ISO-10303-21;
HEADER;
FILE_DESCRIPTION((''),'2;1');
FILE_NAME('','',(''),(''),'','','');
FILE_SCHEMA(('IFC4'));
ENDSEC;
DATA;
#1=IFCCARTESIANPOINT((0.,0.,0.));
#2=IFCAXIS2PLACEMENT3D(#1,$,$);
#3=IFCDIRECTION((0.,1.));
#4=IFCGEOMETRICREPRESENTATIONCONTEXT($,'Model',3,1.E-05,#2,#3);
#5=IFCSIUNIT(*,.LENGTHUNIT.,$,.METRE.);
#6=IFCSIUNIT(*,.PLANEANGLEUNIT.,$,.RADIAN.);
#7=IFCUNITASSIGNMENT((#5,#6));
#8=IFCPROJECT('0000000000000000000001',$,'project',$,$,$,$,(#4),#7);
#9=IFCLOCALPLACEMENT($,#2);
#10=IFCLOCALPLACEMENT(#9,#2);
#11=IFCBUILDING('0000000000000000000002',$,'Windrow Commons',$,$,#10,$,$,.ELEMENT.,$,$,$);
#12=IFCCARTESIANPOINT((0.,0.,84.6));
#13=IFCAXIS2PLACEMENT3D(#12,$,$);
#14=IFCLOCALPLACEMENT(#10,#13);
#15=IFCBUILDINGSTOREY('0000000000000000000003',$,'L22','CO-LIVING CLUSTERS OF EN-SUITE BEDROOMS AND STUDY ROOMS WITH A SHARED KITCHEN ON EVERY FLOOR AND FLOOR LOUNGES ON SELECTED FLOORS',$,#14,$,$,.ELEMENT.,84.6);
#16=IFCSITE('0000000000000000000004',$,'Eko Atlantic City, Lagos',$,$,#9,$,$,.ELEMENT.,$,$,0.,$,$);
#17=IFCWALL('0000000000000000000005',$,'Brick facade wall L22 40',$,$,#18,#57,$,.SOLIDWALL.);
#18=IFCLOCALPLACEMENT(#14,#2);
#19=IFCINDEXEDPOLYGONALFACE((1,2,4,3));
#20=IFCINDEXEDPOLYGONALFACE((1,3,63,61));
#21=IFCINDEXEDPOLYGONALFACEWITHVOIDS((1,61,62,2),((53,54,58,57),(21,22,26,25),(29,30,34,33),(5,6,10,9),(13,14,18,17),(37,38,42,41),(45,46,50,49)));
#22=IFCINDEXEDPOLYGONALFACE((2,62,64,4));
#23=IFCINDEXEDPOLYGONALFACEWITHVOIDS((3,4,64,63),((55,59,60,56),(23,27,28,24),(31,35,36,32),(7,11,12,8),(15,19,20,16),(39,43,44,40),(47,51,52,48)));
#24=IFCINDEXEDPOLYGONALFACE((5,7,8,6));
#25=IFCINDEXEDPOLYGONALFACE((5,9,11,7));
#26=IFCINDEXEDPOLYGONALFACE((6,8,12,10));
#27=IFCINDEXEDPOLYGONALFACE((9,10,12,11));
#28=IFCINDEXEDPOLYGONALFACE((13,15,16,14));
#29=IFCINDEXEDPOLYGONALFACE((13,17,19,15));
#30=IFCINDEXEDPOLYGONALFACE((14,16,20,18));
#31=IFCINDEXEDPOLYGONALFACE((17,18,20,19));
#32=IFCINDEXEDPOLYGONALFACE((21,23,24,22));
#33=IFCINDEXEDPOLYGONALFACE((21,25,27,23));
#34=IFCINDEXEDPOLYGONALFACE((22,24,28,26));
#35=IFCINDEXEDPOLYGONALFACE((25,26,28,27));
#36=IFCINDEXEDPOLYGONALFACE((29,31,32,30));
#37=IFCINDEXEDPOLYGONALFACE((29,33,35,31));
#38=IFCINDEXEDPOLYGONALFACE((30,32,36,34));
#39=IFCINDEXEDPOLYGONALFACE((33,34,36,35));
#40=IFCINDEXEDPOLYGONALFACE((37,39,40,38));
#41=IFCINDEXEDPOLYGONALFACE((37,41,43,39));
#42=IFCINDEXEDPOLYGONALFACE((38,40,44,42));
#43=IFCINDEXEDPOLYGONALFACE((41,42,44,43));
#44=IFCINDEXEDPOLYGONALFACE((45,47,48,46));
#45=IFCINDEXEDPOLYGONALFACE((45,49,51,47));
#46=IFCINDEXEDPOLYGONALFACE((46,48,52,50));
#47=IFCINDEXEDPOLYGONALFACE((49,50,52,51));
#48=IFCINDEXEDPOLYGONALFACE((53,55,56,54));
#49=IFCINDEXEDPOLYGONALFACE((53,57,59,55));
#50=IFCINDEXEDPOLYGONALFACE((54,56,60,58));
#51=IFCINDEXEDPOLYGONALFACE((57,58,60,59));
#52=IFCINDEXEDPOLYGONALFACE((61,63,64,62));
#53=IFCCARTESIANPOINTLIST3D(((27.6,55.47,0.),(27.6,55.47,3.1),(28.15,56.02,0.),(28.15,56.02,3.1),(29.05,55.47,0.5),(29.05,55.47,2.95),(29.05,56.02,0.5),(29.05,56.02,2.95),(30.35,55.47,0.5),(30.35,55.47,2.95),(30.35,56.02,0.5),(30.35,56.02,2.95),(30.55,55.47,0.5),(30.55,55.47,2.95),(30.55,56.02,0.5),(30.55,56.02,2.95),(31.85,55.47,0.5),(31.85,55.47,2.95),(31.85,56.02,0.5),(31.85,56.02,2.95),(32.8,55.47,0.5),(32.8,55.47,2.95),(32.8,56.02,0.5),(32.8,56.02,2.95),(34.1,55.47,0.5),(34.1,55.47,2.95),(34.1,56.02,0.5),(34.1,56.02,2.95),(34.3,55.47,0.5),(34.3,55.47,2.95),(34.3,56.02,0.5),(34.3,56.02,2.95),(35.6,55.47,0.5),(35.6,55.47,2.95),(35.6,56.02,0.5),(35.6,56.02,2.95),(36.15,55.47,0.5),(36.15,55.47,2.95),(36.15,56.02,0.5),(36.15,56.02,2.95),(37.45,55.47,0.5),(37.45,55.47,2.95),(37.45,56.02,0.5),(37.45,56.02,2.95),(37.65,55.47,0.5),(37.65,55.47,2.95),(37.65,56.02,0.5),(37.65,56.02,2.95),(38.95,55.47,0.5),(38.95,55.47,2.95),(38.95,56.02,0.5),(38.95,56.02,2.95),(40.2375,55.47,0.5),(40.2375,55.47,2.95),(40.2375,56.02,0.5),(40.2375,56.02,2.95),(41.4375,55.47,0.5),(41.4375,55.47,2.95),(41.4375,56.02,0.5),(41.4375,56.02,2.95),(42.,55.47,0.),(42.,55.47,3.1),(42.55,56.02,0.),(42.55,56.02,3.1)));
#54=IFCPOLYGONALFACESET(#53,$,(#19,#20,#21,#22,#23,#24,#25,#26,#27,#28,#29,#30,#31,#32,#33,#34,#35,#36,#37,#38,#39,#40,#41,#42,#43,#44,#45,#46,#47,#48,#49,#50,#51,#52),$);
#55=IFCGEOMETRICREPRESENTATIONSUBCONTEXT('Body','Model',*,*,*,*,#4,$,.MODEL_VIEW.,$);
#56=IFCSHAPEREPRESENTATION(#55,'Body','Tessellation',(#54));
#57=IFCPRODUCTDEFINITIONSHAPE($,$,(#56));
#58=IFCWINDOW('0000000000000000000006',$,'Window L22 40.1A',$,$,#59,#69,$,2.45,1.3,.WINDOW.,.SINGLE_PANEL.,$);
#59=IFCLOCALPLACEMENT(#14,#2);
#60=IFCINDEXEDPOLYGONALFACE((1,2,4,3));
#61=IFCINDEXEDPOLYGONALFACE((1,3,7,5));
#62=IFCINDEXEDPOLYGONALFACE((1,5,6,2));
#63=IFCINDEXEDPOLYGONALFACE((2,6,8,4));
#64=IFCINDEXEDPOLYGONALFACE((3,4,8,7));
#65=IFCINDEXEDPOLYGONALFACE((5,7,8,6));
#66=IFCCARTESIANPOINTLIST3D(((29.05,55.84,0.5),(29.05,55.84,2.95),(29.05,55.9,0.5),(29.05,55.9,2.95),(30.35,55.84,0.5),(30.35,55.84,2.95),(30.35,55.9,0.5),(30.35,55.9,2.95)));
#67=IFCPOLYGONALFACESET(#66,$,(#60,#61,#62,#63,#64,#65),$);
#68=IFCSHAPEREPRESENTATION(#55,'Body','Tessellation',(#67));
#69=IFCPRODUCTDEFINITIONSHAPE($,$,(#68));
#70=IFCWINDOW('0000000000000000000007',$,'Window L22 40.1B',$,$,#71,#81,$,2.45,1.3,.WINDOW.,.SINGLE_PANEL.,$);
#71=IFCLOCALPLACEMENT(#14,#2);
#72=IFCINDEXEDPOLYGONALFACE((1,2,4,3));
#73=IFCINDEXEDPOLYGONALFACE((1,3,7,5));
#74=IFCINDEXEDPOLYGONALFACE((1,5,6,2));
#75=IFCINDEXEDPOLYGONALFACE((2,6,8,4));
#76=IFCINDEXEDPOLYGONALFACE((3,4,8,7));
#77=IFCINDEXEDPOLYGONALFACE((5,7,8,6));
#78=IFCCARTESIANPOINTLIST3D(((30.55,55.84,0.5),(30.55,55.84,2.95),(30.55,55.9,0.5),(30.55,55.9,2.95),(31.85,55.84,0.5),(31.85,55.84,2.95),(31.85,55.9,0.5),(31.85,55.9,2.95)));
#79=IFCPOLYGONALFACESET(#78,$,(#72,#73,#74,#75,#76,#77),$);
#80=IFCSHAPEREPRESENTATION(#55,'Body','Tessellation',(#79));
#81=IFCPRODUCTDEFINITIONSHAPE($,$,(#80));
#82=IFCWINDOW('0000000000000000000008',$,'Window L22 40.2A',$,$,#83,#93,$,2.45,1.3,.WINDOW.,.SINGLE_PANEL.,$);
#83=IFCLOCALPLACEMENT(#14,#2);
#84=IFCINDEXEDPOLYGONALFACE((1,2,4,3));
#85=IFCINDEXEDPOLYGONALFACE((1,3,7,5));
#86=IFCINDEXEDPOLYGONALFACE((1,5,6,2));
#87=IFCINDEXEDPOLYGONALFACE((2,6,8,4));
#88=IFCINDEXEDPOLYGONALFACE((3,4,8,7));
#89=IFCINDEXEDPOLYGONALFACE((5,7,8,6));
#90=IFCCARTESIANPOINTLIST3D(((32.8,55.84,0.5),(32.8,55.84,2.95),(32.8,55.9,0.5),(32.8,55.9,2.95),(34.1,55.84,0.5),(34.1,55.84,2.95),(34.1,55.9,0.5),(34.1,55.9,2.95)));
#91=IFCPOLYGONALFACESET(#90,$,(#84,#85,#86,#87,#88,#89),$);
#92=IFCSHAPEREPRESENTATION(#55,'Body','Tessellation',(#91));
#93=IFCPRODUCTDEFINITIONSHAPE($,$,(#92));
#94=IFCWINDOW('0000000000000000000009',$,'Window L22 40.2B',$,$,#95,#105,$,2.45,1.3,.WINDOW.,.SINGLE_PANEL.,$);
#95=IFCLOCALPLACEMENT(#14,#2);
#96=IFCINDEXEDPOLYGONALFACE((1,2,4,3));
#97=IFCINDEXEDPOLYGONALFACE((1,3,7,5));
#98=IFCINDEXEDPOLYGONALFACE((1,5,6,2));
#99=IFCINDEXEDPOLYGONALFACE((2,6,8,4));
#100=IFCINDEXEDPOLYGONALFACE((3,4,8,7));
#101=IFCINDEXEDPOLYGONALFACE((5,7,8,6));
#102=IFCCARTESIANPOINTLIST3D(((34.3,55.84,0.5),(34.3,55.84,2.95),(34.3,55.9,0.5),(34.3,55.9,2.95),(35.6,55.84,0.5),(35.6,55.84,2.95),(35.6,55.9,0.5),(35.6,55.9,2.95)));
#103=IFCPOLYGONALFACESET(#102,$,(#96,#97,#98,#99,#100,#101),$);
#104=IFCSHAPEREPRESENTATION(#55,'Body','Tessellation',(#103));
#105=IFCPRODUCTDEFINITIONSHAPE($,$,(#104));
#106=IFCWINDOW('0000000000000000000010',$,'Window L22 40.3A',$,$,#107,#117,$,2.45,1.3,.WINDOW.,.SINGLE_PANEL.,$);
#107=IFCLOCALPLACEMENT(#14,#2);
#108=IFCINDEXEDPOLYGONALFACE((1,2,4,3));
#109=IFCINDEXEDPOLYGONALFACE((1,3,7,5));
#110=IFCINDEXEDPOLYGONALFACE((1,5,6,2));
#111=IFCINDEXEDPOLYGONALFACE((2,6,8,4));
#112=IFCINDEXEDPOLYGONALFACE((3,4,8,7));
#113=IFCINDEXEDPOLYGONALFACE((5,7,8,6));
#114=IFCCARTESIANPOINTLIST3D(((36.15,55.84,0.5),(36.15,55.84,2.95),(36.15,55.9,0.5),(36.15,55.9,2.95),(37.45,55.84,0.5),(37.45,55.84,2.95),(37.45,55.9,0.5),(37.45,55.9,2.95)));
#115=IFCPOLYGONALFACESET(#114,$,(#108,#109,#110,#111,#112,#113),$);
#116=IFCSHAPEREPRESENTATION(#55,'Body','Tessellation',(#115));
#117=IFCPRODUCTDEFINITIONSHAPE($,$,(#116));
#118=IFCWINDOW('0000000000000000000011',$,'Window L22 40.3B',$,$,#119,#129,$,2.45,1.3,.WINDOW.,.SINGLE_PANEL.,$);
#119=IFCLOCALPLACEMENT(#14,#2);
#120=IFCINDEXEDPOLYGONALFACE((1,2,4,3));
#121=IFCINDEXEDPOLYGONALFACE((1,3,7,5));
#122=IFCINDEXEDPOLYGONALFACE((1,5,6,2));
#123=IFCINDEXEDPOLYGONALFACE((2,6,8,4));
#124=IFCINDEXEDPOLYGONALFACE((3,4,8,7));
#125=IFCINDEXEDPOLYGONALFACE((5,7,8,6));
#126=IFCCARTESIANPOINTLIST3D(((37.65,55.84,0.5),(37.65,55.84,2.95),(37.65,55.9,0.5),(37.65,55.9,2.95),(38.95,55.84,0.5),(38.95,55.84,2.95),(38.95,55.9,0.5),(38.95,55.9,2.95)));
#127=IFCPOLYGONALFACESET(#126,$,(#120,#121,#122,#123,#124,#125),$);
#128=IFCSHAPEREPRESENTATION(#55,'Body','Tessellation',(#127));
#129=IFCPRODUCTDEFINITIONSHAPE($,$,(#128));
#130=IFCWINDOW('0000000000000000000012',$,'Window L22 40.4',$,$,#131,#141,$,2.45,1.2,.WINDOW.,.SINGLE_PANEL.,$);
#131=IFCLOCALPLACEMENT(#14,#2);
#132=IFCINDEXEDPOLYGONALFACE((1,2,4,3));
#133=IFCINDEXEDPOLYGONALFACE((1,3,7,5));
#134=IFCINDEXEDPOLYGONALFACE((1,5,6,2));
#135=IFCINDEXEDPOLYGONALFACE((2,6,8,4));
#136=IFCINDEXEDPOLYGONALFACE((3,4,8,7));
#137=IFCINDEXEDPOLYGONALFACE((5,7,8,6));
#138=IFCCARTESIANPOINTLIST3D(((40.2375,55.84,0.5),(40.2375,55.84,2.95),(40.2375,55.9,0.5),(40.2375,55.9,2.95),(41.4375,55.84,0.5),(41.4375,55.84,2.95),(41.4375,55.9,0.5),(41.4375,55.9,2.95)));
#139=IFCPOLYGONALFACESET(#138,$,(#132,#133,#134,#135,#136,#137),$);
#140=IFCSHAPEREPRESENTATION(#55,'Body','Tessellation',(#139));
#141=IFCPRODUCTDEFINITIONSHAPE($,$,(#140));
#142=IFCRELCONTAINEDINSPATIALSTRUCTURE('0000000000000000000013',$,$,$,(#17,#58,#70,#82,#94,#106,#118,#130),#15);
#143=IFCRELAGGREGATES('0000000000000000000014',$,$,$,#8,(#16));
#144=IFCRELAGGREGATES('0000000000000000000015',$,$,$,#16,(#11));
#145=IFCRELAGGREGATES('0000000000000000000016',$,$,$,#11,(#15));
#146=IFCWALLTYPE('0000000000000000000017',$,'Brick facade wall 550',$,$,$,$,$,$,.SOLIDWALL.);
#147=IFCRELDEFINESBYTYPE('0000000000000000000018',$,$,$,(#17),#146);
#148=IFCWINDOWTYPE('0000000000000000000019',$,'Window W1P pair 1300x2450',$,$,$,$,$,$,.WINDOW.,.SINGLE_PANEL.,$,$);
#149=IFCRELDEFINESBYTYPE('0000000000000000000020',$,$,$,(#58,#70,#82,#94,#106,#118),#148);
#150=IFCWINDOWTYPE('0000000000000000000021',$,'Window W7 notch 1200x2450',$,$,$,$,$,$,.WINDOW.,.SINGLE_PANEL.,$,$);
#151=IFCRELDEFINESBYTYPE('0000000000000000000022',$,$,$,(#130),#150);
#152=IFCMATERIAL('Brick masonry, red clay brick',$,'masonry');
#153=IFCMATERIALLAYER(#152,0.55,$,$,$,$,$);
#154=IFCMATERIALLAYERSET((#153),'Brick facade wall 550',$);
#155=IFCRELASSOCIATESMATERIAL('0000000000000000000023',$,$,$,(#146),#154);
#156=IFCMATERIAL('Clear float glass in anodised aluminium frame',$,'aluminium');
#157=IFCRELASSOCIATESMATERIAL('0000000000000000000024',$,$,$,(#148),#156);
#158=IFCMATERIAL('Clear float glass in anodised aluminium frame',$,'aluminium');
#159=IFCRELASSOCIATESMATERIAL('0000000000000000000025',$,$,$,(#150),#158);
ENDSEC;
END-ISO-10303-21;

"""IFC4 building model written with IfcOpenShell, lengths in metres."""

from ifc_helpers import new_model, si_unit, direction, frame, frame_2d, origin, place, context, subcontext, project, spatial, polyline, rectangle, outline, extrude, material, layer, layer_set, type_object, element, fill, save


model = new_model("IFC4")

# Units and contexts
model_context = context("Model", 3, precision=1e-05, world=origin(), true_north=direction((0.0, 1.0)))
body_context = subcontext(model_context, "Body", "Model", "MODEL_VIEW")
ifc_project = project(units=[si_unit("LENGTHUNIT", "METRE"), si_unit("PLANEANGLEUNIT", "RADIAN")], contexts=[model_context])

# Site, building, storey
site_placement = place(None, origin())
site = spatial("IfcSite", under=ifc_project, at=site_placement, Name="Eko Atlantic City, Lagos", CompositionType="ELEMENT", RefElevation=0.0)
building_placement = place(site_placement, origin())
building = spatial("IfcBuilding", under=site, at=building_placement, Name="Windrow Commons", CompositionType="ELEMENT")
storey_placement = place(building_placement, frame((0.0, 0.0, 84.6)))
storey = spatial("IfcBuildingStorey", under=building, at=storey_placement, Name="L22", Description="CO-LIVING CLUSTERS OF EN-SUITE BEDROOMS AND STUDY ROOMS WITH A SHARED KITCHEN ON EVERY FLOOR AND FLOOR LOUNGES ON SELECTED FLOORS", CompositionType="ELEMENT", Elevation=84.6)

# Wall, openings, windows
ifc_material_1 = material(Name="Brick masonry, red clay brick", Category="masonry")
ifc_layer_1 = layer(ifc_material_1, 0.55)
ifc_layer_set_1 = layer_set([ifc_layer_1], Name="Brick facade wall 550")
wall_type_1 = type_object("IfcWallType", Name="Brick facade wall 550", PredefinedType="SOLIDWALL", material=ifc_layer_set_1)
wall_1_placement = place(storey_placement, frame((27.875, 55.745, 0.0), z_axis=(0.0, 0.0, 1.0), x_axis=(1.0, 0.0, 0.0)))
wall_1 = element("IfcWall", 1, at=wall_1_placement, inside=storey, type_object=wall_type_1, Name="Brick facade wall L22 40", PredefinedType="SOLIDWALL", context=body_context, shape_type="SweptSolid", body=[
    extrude(outline(polyline([(-0.275, -0.275), (14.125, -0.275), (14.675, 0.275), (0.275, 0.275), (-0.275, -0.275)])), origin(), (0.0, 0.0, 1.0), 3.1),
])
opening_1_placement = place(wall_1_placement, frame((1.175, 0.0, 0.5)))
opening_1 = element("IfcOpeningElement", 2, at=opening_1_placement, cuts=wall_1, PredefinedType="OPENING", context=body_context, shape_type="SweptSolid", body=[
    extrude(rectangle(XDim=1.3, YDim=2.45, at=frame_2d((0.65, 1.225))), frame((0.0, 0.285, 0.0), z_axis=(0.0, -1.0, 0.0), x_axis=(1.0, 0.0, 0.0)), (0.0, 0.0, 1.0), 0.57),
])
opening_2_placement = place(wall_1_placement, frame((2.675, 0.0, 0.5)))
opening_2 = element("IfcOpeningElement", 3, at=opening_2_placement, cuts=wall_1, PredefinedType="OPENING", context=body_context, shape_type="SweptSolid", body=[
    extrude(rectangle(XDim=1.3, YDim=2.45, at=frame_2d((0.65, 1.225))), frame((0.0, 0.285, 0.0), z_axis=(0.0, -1.0, 0.0), x_axis=(1.0, 0.0, 0.0)), (0.0, 0.0, 1.0), 0.57),
])
opening_3_placement = place(wall_1_placement, frame((4.925, 0.0, 0.5)))
opening_3 = element("IfcOpeningElement", 4, at=opening_3_placement, cuts=wall_1, PredefinedType="OPENING", context=body_context, shape_type="SweptSolid", body=[
    extrude(rectangle(XDim=1.3, YDim=2.45, at=frame_2d((0.65, 1.225))), frame((0.0, 0.285, 0.0), z_axis=(0.0, -1.0, 0.0), x_axis=(1.0, 0.0, 0.0)), (0.0, 0.0, 1.0), 0.57),
])
opening_4_placement = place(wall_1_placement, frame((6.425, 0.0, 0.5)))
opening_4 = element("IfcOpeningElement", 5, at=opening_4_placement, cuts=wall_1, PredefinedType="OPENING", context=body_context, shape_type="SweptSolid", body=[
    extrude(rectangle(XDim=1.3, YDim=2.45, at=frame_2d((0.65, 1.225))), frame((0.0, 0.285, 0.0), z_axis=(0.0, -1.0, 0.0), x_axis=(1.0, 0.0, 0.0)), (0.0, 0.0, 1.0), 0.57),
])
opening_5_placement = place(wall_1_placement, frame((8.275, 0.0, 0.5)))
opening_5 = element("IfcOpeningElement", 6, at=opening_5_placement, cuts=wall_1, PredefinedType="OPENING", context=body_context, shape_type="SweptSolid", body=[
    extrude(rectangle(XDim=1.3, YDim=2.45, at=frame_2d((0.65, 1.225))), frame((0.0, 0.285, 0.0), z_axis=(0.0, -1.0, 0.0), x_axis=(1.0, 0.0, 0.0)), (0.0, 0.0, 1.0), 0.57),
])
opening_6_placement = place(wall_1_placement, frame((9.775, 0.0, 0.5)))
opening_6 = element("IfcOpeningElement", 7, at=opening_6_placement, cuts=wall_1, PredefinedType="OPENING", context=body_context, shape_type="SweptSolid", body=[
    extrude(rectangle(XDim=1.3, YDim=2.45, at=frame_2d((0.65, 1.225))), frame((0.0, 0.285, 0.0), z_axis=(0.0, -1.0, 0.0), x_axis=(1.0, 0.0, 0.0)), (0.0, 0.0, 1.0), 0.57),
])
opening_7_placement = place(wall_1_placement, frame((12.3625, 0.0, 0.5)))
opening_7 = element("IfcOpeningElement", 8, at=opening_7_placement, cuts=wall_1, PredefinedType="OPENING", context=body_context, shape_type="SweptSolid", body=[
    extrude(rectangle(XDim=1.2, YDim=2.45, at=frame_2d((0.6, 1.225))), frame((0.0, 0.285, 0.0), z_axis=(0.0, -1.0, 0.0), x_axis=(1.0, 0.0, 0.0)), (0.0, 0.0, 1.0), 0.57),
])
ifc_material_2 = material(Name="Clear float glass in anodised aluminium frame", Category="aluminium")
window_type_1 = type_object("IfcWindowType", Name="Window W1P pair 1300x2450", PartitioningType="SINGLE_PANEL", PredefinedType="WINDOW", material=ifc_material_2)
window_1_placement = place(opening_1_placement, origin())
window_1 = element("IfcWindow", 9, at=window_1_placement, inside=storey, type_object=window_type_1, Name="Window L22 40.1A", OverallHeight=2.45, OverallWidth=1.3, PartitioningType="SINGLE_PANEL", PredefinedType="WINDOW", context=body_context, shape_type="SweptSolid", body=[
    extrude(rectangle(XDim=1.3, YDim=2.45, at=frame_2d((0.65, 1.225))), frame((0.0, 0.155, 0.0), z_axis=(0.0, -1.0, 0.0), x_axis=(1.0, 0.0, 0.0)), (0.0, 0.0, 1.0), 0.06),
])
fill(opening_1, window_1)
window_2_placement = place(opening_2_placement, origin())
window_2 = element("IfcWindow", 10, at=window_2_placement, inside=storey, type_object=window_type_1, Name="Window L22 40.1B", OverallHeight=2.45, OverallWidth=1.3, PartitioningType="SINGLE_PANEL", PredefinedType="WINDOW", context=body_context, shape_type="SweptSolid", body=[
    extrude(rectangle(XDim=1.3, YDim=2.45, at=frame_2d((0.65, 1.225))), frame((0.0, 0.155, 0.0), z_axis=(0.0, -1.0, 0.0), x_axis=(1.0, 0.0, 0.0)), (0.0, 0.0, 1.0), 0.06),
])
fill(opening_2, window_2)
window_3_placement = place(opening_3_placement, origin())
window_3 = element("IfcWindow", 11, at=window_3_placement, inside=storey, type_object=window_type_1, Name="Window L22 40.2A", OverallHeight=2.45, OverallWidth=1.3, PartitioningType="SINGLE_PANEL", PredefinedType="WINDOW", context=body_context, shape_type="SweptSolid", body=[
    extrude(rectangle(XDim=1.3, YDim=2.45, at=frame_2d((0.65, 1.225))), frame((0.0, 0.155, 0.0), z_axis=(0.0, -1.0, 0.0), x_axis=(1.0, 0.0, 0.0)), (0.0, 0.0, 1.0), 0.06),
])
fill(opening_3, window_3)
window_4_placement = place(opening_4_placement, origin())
window_4 = element("IfcWindow", 12, at=window_4_placement, inside=storey, type_object=window_type_1, Name="Window L22 40.2B", OverallHeight=2.45, OverallWidth=1.3, PartitioningType="SINGLE_PANEL", PredefinedType="WINDOW", context=body_context, shape_type="SweptSolid", body=[
    extrude(rectangle(XDim=1.3, YDim=2.45, at=frame_2d((0.65, 1.225))), frame((0.0, 0.155, 0.0), z_axis=(0.0, -1.0, 0.0), x_axis=(1.0, 0.0, 0.0)), (0.0, 0.0, 1.0), 0.06),
])
fill(opening_4, window_4)
window_5_placement = place(opening_5_placement, origin())
window_5 = element("IfcWindow", 13, at=window_5_placement, inside=storey, type_object=window_type_1, Name="Window L22 40.3A", OverallHeight=2.45, OverallWidth=1.3, PartitioningType="SINGLE_PANEL", PredefinedType="WINDOW", context=body_context, shape_type="SweptSolid", body=[
    extrude(rectangle(XDim=1.3, YDim=2.45, at=frame_2d((0.65, 1.225))), frame((0.0, 0.155, 0.0), z_axis=(0.0, -1.0, 0.0), x_axis=(1.0, 0.0, 0.0)), (0.0, 0.0, 1.0), 0.06),
])
fill(opening_5, window_5)
window_6_placement = place(opening_6_placement, origin())
window_6 = element("IfcWindow", 14, at=window_6_placement, inside=storey, type_object=window_type_1, Name="Window L22 40.3B", OverallHeight=2.45, OverallWidth=1.3, PartitioningType="SINGLE_PANEL", PredefinedType="WINDOW", context=body_context, shape_type="SweptSolid", body=[
    extrude(rectangle(XDim=1.3, YDim=2.45, at=frame_2d((0.65, 1.225))), frame((0.0, 0.155, 0.0), z_axis=(0.0, -1.0, 0.0), x_axis=(1.0, 0.0, 0.0)), (0.0, 0.0, 1.0), 0.06),
])
fill(opening_6, window_6)
ifc_material_3 = material(Name="Clear float glass in anodised aluminium frame", Category="aluminium")
window_type_2 = type_object("IfcWindowType", Name="Window W7 notch 1200x2450", PartitioningType="SINGLE_PANEL", PredefinedType="WINDOW", material=ifc_material_3)
window_7_placement = place(opening_7_placement, origin())
window_7 = element("IfcWindow", 15, at=window_7_placement, inside=storey, type_object=window_type_2, Name="Window L22 40.4", OverallHeight=2.45, OverallWidth=1.2, PartitioningType="SINGLE_PANEL", PredefinedType="WINDOW", context=body_context, shape_type="SweptSolid", body=[
    extrude(rectangle(XDim=1.2, YDim=2.45, at=frame_2d((0.6, 1.225))), frame((0.0, 0.155, 0.0), z_axis=(0.0, -1.0, 0.0), x_axis=(1.0, 0.0, 0.0)), (0.0, 0.0, 1.0), 0.06),
])
fill(opening_7, window_7)

save(model, "model.ifc")
